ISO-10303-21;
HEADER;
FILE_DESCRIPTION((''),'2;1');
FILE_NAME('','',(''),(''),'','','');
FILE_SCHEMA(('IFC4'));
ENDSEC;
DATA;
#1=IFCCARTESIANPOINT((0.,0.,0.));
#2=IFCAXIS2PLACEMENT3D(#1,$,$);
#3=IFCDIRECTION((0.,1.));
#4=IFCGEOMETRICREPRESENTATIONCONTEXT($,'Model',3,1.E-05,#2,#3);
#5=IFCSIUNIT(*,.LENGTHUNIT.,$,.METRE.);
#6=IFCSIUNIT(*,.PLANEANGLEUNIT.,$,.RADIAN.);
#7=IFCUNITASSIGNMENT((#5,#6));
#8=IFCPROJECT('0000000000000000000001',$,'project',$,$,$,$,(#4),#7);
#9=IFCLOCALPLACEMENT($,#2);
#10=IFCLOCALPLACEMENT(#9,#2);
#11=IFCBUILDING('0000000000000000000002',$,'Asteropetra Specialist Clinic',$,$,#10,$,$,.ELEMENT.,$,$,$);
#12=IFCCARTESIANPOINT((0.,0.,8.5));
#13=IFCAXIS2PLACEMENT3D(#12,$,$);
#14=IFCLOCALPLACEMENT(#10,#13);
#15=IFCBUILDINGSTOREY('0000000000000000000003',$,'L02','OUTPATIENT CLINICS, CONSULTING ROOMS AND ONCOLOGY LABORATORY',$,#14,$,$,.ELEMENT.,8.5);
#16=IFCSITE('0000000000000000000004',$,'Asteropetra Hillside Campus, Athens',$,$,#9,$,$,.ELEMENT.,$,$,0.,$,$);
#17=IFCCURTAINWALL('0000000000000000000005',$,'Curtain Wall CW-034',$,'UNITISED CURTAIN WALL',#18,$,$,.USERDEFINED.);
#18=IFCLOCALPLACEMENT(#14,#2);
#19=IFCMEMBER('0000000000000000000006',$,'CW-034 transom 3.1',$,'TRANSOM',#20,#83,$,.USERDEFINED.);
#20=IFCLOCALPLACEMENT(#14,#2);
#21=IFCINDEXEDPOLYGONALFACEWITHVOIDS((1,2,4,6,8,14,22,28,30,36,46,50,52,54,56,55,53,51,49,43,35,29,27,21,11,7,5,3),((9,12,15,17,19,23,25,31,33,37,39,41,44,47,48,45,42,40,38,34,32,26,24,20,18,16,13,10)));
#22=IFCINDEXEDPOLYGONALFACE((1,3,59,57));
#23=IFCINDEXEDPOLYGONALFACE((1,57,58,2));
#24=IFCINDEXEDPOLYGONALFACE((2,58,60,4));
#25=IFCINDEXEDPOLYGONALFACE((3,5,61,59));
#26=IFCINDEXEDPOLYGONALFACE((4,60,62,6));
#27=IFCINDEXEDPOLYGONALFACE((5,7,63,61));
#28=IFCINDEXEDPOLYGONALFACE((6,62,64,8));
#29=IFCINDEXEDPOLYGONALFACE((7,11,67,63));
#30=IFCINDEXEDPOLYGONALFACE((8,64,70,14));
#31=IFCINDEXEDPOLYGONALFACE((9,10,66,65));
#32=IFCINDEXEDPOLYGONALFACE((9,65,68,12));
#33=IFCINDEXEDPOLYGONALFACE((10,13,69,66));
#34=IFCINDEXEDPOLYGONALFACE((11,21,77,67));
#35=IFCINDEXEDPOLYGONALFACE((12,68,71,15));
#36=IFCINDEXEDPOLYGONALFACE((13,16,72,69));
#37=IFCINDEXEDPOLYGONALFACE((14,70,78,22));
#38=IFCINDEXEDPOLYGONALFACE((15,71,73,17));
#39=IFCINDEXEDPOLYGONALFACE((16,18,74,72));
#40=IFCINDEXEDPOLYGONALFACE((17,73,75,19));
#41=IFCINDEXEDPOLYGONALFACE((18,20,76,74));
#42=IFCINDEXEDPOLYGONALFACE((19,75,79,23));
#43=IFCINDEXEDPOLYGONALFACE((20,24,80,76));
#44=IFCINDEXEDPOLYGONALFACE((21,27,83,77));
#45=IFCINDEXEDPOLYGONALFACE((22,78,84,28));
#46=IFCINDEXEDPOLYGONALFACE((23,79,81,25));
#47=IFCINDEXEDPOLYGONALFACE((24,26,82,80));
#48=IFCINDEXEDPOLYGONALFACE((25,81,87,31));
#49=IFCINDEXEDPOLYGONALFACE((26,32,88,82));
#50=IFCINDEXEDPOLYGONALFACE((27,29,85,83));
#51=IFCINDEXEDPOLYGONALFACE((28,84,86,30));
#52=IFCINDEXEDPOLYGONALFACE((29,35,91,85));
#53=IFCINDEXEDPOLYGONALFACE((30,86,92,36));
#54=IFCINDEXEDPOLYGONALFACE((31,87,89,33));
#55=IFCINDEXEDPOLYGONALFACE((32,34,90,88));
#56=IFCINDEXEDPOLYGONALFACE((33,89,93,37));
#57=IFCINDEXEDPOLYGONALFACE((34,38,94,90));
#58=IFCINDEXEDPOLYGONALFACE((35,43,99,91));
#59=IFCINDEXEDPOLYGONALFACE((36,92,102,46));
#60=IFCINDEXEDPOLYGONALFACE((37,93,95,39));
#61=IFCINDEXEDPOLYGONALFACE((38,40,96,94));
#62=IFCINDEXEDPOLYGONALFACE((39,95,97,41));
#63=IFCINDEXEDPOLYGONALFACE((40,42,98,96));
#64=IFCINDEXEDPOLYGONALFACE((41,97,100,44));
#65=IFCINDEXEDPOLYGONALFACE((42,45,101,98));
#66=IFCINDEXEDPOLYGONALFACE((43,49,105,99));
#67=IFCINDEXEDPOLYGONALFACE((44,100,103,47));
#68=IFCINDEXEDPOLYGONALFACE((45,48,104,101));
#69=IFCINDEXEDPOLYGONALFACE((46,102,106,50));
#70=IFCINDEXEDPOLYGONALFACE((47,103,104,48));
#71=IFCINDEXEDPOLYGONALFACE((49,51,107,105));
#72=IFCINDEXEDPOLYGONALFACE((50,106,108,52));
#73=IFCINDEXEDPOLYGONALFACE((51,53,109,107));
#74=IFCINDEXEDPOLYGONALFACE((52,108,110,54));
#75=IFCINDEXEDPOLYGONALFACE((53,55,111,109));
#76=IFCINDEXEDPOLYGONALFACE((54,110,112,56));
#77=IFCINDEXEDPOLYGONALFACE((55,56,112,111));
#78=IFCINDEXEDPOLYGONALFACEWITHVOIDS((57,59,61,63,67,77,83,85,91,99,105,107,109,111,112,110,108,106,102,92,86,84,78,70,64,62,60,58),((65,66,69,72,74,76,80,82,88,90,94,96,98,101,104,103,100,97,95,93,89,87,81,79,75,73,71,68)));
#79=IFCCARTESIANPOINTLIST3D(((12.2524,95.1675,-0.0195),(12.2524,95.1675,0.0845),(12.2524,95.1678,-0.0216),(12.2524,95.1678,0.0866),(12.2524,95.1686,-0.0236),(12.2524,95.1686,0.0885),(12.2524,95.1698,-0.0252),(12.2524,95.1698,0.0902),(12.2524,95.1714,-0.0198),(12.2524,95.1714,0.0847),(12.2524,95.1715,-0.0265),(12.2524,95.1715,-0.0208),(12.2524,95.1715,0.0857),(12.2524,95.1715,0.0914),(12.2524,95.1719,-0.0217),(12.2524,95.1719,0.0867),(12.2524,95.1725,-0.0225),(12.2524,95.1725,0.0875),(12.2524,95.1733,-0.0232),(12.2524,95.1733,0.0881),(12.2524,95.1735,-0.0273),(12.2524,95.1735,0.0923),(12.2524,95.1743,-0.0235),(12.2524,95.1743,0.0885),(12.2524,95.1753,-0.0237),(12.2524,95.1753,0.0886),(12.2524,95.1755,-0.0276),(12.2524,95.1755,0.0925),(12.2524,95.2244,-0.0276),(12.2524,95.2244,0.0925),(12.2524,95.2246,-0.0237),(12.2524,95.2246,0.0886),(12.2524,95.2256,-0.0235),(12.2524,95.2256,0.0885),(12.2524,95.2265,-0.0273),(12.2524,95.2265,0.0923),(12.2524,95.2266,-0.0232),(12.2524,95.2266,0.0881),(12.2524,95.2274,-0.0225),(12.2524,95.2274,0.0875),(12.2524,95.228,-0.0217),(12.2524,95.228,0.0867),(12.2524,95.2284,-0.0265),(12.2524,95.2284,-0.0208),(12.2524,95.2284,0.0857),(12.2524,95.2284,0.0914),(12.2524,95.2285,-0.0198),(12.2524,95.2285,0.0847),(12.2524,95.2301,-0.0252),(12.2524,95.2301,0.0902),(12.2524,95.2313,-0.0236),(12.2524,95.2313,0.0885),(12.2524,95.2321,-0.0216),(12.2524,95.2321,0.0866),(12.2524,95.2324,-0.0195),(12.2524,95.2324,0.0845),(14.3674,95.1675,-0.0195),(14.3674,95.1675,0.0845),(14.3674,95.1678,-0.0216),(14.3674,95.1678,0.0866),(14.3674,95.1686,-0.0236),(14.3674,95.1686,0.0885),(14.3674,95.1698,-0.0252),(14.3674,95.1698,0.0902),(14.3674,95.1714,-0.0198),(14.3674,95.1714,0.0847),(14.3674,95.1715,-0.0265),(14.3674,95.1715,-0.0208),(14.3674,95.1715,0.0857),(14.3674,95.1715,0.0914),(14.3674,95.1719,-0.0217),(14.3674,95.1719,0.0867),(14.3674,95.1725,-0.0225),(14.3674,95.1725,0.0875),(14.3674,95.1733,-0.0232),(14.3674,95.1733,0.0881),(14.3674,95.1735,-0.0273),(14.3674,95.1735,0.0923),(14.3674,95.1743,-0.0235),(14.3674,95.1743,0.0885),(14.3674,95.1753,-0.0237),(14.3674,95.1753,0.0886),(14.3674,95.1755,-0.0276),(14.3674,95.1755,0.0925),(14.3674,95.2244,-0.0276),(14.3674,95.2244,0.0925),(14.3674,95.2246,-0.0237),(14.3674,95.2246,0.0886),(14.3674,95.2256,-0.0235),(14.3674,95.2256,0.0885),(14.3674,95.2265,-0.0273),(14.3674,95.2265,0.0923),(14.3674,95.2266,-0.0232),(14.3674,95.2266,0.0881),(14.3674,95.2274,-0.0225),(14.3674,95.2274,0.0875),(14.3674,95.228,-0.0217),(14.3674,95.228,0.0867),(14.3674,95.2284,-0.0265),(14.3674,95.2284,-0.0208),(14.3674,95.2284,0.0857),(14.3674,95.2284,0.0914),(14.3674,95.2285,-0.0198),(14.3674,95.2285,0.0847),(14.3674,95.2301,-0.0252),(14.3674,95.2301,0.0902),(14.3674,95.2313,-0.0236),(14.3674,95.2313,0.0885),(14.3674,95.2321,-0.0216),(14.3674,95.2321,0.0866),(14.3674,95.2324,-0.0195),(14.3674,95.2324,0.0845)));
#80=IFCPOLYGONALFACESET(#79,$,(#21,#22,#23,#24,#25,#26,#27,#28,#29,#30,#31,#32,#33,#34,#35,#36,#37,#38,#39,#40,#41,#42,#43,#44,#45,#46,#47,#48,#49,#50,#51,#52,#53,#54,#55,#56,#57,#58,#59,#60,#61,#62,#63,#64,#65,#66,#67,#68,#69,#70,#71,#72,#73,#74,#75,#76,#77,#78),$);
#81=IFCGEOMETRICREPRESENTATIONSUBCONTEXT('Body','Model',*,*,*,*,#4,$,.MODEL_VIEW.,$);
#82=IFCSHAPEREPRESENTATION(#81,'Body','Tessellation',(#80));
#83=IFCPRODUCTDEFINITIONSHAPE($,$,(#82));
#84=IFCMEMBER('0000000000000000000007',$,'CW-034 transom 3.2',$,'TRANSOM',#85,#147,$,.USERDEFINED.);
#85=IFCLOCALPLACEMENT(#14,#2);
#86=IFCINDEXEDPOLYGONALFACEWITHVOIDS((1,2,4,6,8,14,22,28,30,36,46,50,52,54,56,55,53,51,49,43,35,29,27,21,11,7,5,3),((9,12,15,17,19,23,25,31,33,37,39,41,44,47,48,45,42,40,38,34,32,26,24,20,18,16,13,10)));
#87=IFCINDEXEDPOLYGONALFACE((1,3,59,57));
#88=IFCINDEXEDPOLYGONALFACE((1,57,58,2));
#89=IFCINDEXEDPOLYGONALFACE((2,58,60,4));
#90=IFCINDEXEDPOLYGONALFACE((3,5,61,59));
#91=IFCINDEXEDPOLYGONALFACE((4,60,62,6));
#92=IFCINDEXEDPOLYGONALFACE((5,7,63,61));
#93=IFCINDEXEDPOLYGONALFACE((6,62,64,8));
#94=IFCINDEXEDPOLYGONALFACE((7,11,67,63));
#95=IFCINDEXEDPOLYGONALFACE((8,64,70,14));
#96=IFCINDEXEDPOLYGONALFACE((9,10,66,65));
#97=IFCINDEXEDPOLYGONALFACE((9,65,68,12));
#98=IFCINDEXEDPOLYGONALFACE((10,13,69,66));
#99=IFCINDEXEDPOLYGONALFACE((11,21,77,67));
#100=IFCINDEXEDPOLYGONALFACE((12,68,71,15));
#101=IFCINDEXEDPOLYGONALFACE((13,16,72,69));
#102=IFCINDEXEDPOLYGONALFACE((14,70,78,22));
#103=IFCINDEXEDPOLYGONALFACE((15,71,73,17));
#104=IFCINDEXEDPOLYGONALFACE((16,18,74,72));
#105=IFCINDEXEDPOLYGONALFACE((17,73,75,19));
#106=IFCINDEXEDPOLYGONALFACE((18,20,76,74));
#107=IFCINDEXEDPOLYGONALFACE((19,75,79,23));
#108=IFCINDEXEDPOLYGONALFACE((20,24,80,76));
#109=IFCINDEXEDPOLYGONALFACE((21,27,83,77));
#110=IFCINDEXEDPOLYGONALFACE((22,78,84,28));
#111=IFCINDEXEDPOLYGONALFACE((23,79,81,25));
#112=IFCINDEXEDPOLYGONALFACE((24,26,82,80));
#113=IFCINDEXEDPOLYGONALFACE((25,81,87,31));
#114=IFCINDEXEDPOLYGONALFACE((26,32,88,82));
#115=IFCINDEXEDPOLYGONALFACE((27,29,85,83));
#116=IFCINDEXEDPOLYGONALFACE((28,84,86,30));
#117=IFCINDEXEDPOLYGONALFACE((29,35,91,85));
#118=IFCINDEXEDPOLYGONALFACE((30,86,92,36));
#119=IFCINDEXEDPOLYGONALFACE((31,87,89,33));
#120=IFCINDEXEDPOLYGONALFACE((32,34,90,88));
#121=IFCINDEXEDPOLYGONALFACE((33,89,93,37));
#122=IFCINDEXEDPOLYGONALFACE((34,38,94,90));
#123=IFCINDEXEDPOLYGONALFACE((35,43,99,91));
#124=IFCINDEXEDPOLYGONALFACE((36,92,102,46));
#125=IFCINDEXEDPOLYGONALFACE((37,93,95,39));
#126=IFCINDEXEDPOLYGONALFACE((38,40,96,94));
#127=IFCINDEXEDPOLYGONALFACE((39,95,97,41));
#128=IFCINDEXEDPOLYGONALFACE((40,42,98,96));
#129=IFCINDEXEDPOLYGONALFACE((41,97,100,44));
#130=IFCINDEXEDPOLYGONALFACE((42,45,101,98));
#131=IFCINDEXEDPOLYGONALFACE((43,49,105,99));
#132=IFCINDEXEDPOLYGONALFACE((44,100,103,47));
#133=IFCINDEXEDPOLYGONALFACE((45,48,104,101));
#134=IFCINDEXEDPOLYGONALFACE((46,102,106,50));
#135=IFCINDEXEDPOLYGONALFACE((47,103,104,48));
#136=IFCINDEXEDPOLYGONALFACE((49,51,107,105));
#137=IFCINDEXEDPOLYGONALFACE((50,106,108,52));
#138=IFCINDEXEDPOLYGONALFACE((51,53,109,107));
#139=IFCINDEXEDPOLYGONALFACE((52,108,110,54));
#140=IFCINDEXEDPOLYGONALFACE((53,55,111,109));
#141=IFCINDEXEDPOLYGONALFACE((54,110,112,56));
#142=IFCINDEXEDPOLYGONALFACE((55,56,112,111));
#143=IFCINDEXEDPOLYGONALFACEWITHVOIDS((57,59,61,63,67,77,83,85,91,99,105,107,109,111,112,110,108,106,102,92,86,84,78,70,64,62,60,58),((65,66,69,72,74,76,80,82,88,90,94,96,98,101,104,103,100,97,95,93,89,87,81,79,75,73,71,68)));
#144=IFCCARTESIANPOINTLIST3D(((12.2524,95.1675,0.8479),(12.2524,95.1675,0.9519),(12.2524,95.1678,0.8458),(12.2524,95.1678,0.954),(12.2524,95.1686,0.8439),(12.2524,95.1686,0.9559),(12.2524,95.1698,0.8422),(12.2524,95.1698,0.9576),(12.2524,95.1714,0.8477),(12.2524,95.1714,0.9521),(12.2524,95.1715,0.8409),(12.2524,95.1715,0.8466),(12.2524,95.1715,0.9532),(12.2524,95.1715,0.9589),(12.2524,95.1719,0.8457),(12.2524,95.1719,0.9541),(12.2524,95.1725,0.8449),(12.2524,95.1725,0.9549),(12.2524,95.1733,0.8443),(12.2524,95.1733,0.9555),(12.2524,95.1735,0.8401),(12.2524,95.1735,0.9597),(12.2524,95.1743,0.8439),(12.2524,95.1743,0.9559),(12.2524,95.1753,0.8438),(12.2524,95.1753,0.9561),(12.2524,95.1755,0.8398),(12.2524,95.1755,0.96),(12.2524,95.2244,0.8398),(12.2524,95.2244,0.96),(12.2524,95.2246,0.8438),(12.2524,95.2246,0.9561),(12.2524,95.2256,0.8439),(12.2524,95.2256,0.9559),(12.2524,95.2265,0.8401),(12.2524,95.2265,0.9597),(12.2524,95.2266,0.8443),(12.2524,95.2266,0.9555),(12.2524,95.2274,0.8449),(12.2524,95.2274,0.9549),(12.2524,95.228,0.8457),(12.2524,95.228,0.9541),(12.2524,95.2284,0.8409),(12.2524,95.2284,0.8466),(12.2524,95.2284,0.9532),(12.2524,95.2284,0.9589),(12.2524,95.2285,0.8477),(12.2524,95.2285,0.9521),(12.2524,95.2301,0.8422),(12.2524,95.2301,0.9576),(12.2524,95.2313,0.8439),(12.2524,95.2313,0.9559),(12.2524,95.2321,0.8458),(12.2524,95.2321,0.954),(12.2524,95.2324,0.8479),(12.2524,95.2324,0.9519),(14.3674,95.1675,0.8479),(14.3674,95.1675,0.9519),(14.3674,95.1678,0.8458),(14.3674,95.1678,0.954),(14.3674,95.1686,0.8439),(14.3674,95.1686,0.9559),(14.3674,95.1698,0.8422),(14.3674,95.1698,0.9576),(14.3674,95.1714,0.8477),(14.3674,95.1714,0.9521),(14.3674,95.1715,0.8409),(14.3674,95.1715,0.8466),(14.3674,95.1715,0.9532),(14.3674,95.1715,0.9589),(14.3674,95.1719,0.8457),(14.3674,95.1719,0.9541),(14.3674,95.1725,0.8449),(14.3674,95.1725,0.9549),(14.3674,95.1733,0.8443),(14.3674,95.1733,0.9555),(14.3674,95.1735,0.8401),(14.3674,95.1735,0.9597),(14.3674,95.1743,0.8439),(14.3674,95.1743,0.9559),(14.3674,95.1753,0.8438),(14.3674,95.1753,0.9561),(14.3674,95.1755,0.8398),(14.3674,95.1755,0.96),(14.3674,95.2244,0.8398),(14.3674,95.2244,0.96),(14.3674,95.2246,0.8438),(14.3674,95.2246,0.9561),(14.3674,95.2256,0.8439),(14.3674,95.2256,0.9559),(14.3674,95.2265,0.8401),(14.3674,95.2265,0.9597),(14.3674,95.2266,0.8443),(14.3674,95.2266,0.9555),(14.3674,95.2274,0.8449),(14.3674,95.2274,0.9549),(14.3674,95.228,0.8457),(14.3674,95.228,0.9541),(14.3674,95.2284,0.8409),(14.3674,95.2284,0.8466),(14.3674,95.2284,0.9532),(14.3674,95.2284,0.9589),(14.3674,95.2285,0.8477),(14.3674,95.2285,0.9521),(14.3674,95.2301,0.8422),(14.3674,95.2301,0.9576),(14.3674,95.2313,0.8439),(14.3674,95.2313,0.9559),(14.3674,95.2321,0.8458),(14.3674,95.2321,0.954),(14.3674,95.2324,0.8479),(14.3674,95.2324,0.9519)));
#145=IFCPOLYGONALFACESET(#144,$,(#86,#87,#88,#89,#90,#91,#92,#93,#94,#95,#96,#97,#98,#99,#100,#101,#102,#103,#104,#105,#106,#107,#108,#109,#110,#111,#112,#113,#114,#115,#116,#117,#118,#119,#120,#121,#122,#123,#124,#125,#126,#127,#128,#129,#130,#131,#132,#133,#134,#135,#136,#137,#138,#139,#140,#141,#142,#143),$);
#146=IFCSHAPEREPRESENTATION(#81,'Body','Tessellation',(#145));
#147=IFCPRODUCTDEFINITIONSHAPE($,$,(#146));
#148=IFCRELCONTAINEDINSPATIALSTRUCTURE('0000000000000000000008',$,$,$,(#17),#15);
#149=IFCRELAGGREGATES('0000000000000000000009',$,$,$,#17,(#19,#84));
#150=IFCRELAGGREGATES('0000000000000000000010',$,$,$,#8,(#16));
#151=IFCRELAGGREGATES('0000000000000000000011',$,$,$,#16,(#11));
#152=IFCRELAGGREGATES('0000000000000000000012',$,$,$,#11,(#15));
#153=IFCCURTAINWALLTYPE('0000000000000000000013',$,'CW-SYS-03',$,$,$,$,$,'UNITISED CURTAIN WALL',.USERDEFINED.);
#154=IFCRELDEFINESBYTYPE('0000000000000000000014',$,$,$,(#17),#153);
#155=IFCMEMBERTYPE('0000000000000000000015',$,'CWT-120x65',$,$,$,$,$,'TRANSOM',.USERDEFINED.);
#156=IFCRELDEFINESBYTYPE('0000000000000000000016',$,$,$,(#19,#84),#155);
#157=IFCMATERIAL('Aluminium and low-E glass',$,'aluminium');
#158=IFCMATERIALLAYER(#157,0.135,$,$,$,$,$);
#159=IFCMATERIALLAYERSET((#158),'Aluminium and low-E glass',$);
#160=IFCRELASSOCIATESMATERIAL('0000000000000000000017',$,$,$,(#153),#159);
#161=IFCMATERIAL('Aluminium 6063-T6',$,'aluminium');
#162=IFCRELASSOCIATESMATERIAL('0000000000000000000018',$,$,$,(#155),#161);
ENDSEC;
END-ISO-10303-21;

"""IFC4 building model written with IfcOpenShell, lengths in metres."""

from ifc_helpers import new_model, si_unit, direction, frame, origin, origin_2d, place, context, subcontext, project, spatial, hollow_rectangle, extrude, material, layer, layer_set, material_profile, profile_set, type_object, element, aggregate, save


model = new_model("IFC4")

# Units and contexts
model_context = context("Model", 3, precision=1e-05, world=origin(), true_north=direction((0.0, 1.0)))
body_context = subcontext(model_context, "Body", "Model", "MODEL_VIEW")
ifc_project = project(units=[si_unit("LENGTHUNIT", "METRE"), si_unit("PLANEANGLEUNIT", "RADIAN")], contexts=[model_context])

# Site, building, storey
site_placement = place(None, origin())
site = spatial("IfcSite", under=ifc_project, at=site_placement, Name="Asteropetra Hillside Campus, Athens", CompositionType="ELEMENT", RefElevation=0.0)
building_placement = place(site_placement, origin())
building = spatial("IfcBuilding", under=site, at=building_placement, Name="Asteropetra Specialist Clinic", CompositionType="ELEMENT")
storey_placement = place(building_placement, frame((0.0, 0.0, 8.5)))
storey = spatial("IfcBuildingStorey", under=building, at=storey_placement, Name="L02", Description="OUTPATIENT CLINICS, CONSULTING ROOMS AND ONCOLOGY LABORATORY", CompositionType="ELEMENT", Elevation=8.5)

# Curtain wall, members
ifc_material_1 = material(Name="Aluminium and low-E glass", Category="aluminium")
ifc_layer_1 = layer(ifc_material_1, 0.135)
ifc_layer_set_1 = layer_set([ifc_layer_1], Name="Aluminium and low-E glass")
curtain_wall_type = type_object("IfcCurtainWallType", Name="CW-SYS-03", ElementType="UNITISED CURTAIN WALL", PredefinedType="USERDEFINED", material=ifc_layer_set_1)
curtain_wall_placement = place(storey_placement, origin())
curtain_wall = element("IfcCurtainWall", 1, at=curtain_wall_placement, inside=storey, type_object=curtain_wall_type, Name="Curtain Wall CW-034", ObjectType="UNITISED CURTAIN WALL", PredefinedType="USERDEFINED")
ifc_material_2 = material(Name="Aluminium 6063-T6", Category="aluminium")
ifc_material_profile_1 = material_profile(ifc_material_2, hollow_rectangle(XDim=0.0649, YDim=0.1201, WallThickness=0.0039, InnerFilletRadius=0.0039, OuterFilletRadius=0.0081, at=origin_2d()), Name="TRN 120x65x4.0")
ifc_profile_set_1 = profile_set([ifc_material_profile_1], Name="Aluminium 6063-T6")
member_type_1 = type_object("IfcMemberType", Name="CWT-120x65", ElementType="TRANSOM", PredefinedType="USERDEFINED", material=ifc_profile_set_1)
member_1_placement = place(storey_placement, frame((14.3674, 95.2, 0.0325), z_axis=(-1.0, 0.0, 0.0), x_axis=(0.0, -1.0, 0.0)))
member_1 = element("IfcMember", 2, at=member_1_placement, type_object=member_type_1, Name="CW-034 transom 3.1", ObjectType="TRANSOM", PredefinedType="USERDEFINED", context=body_context, shape_type="SweptSolid", body=[
    extrude(hollow_rectangle(XDim=0.0649, YDim=0.1201, WallThickness=0.0039, InnerFilletRadius=0.0039, OuterFilletRadius=0.0081, at=origin_2d()), origin(), (0.0, 0.0, 1.0), 2.115),
])
member_2_placement = place(storey_placement, frame((14.3674, 95.2, 0.8999), z_axis=(-1.0, 0.0, 0.0), x_axis=(0.0, -1.0, 0.0)))
member_2 = element("IfcMember", 3, at=member_2_placement, type_object=member_type_1, Name="CW-034 transom 3.2", ObjectType="TRANSOM", PredefinedType="USERDEFINED", context=body_context, shape_type="SweptSolid", body=[
    extrude(hollow_rectangle(XDim=0.0649, YDim=0.1201, WallThickness=0.0039, InnerFilletRadius=0.0039, OuterFilletRadius=0.0081, at=origin_2d()), origin(), (0.0, 0.0, 1.0), 2.115),
])

aggregate(curtain_wall, [member_1, member_2])

save(model, "model.ifc")
